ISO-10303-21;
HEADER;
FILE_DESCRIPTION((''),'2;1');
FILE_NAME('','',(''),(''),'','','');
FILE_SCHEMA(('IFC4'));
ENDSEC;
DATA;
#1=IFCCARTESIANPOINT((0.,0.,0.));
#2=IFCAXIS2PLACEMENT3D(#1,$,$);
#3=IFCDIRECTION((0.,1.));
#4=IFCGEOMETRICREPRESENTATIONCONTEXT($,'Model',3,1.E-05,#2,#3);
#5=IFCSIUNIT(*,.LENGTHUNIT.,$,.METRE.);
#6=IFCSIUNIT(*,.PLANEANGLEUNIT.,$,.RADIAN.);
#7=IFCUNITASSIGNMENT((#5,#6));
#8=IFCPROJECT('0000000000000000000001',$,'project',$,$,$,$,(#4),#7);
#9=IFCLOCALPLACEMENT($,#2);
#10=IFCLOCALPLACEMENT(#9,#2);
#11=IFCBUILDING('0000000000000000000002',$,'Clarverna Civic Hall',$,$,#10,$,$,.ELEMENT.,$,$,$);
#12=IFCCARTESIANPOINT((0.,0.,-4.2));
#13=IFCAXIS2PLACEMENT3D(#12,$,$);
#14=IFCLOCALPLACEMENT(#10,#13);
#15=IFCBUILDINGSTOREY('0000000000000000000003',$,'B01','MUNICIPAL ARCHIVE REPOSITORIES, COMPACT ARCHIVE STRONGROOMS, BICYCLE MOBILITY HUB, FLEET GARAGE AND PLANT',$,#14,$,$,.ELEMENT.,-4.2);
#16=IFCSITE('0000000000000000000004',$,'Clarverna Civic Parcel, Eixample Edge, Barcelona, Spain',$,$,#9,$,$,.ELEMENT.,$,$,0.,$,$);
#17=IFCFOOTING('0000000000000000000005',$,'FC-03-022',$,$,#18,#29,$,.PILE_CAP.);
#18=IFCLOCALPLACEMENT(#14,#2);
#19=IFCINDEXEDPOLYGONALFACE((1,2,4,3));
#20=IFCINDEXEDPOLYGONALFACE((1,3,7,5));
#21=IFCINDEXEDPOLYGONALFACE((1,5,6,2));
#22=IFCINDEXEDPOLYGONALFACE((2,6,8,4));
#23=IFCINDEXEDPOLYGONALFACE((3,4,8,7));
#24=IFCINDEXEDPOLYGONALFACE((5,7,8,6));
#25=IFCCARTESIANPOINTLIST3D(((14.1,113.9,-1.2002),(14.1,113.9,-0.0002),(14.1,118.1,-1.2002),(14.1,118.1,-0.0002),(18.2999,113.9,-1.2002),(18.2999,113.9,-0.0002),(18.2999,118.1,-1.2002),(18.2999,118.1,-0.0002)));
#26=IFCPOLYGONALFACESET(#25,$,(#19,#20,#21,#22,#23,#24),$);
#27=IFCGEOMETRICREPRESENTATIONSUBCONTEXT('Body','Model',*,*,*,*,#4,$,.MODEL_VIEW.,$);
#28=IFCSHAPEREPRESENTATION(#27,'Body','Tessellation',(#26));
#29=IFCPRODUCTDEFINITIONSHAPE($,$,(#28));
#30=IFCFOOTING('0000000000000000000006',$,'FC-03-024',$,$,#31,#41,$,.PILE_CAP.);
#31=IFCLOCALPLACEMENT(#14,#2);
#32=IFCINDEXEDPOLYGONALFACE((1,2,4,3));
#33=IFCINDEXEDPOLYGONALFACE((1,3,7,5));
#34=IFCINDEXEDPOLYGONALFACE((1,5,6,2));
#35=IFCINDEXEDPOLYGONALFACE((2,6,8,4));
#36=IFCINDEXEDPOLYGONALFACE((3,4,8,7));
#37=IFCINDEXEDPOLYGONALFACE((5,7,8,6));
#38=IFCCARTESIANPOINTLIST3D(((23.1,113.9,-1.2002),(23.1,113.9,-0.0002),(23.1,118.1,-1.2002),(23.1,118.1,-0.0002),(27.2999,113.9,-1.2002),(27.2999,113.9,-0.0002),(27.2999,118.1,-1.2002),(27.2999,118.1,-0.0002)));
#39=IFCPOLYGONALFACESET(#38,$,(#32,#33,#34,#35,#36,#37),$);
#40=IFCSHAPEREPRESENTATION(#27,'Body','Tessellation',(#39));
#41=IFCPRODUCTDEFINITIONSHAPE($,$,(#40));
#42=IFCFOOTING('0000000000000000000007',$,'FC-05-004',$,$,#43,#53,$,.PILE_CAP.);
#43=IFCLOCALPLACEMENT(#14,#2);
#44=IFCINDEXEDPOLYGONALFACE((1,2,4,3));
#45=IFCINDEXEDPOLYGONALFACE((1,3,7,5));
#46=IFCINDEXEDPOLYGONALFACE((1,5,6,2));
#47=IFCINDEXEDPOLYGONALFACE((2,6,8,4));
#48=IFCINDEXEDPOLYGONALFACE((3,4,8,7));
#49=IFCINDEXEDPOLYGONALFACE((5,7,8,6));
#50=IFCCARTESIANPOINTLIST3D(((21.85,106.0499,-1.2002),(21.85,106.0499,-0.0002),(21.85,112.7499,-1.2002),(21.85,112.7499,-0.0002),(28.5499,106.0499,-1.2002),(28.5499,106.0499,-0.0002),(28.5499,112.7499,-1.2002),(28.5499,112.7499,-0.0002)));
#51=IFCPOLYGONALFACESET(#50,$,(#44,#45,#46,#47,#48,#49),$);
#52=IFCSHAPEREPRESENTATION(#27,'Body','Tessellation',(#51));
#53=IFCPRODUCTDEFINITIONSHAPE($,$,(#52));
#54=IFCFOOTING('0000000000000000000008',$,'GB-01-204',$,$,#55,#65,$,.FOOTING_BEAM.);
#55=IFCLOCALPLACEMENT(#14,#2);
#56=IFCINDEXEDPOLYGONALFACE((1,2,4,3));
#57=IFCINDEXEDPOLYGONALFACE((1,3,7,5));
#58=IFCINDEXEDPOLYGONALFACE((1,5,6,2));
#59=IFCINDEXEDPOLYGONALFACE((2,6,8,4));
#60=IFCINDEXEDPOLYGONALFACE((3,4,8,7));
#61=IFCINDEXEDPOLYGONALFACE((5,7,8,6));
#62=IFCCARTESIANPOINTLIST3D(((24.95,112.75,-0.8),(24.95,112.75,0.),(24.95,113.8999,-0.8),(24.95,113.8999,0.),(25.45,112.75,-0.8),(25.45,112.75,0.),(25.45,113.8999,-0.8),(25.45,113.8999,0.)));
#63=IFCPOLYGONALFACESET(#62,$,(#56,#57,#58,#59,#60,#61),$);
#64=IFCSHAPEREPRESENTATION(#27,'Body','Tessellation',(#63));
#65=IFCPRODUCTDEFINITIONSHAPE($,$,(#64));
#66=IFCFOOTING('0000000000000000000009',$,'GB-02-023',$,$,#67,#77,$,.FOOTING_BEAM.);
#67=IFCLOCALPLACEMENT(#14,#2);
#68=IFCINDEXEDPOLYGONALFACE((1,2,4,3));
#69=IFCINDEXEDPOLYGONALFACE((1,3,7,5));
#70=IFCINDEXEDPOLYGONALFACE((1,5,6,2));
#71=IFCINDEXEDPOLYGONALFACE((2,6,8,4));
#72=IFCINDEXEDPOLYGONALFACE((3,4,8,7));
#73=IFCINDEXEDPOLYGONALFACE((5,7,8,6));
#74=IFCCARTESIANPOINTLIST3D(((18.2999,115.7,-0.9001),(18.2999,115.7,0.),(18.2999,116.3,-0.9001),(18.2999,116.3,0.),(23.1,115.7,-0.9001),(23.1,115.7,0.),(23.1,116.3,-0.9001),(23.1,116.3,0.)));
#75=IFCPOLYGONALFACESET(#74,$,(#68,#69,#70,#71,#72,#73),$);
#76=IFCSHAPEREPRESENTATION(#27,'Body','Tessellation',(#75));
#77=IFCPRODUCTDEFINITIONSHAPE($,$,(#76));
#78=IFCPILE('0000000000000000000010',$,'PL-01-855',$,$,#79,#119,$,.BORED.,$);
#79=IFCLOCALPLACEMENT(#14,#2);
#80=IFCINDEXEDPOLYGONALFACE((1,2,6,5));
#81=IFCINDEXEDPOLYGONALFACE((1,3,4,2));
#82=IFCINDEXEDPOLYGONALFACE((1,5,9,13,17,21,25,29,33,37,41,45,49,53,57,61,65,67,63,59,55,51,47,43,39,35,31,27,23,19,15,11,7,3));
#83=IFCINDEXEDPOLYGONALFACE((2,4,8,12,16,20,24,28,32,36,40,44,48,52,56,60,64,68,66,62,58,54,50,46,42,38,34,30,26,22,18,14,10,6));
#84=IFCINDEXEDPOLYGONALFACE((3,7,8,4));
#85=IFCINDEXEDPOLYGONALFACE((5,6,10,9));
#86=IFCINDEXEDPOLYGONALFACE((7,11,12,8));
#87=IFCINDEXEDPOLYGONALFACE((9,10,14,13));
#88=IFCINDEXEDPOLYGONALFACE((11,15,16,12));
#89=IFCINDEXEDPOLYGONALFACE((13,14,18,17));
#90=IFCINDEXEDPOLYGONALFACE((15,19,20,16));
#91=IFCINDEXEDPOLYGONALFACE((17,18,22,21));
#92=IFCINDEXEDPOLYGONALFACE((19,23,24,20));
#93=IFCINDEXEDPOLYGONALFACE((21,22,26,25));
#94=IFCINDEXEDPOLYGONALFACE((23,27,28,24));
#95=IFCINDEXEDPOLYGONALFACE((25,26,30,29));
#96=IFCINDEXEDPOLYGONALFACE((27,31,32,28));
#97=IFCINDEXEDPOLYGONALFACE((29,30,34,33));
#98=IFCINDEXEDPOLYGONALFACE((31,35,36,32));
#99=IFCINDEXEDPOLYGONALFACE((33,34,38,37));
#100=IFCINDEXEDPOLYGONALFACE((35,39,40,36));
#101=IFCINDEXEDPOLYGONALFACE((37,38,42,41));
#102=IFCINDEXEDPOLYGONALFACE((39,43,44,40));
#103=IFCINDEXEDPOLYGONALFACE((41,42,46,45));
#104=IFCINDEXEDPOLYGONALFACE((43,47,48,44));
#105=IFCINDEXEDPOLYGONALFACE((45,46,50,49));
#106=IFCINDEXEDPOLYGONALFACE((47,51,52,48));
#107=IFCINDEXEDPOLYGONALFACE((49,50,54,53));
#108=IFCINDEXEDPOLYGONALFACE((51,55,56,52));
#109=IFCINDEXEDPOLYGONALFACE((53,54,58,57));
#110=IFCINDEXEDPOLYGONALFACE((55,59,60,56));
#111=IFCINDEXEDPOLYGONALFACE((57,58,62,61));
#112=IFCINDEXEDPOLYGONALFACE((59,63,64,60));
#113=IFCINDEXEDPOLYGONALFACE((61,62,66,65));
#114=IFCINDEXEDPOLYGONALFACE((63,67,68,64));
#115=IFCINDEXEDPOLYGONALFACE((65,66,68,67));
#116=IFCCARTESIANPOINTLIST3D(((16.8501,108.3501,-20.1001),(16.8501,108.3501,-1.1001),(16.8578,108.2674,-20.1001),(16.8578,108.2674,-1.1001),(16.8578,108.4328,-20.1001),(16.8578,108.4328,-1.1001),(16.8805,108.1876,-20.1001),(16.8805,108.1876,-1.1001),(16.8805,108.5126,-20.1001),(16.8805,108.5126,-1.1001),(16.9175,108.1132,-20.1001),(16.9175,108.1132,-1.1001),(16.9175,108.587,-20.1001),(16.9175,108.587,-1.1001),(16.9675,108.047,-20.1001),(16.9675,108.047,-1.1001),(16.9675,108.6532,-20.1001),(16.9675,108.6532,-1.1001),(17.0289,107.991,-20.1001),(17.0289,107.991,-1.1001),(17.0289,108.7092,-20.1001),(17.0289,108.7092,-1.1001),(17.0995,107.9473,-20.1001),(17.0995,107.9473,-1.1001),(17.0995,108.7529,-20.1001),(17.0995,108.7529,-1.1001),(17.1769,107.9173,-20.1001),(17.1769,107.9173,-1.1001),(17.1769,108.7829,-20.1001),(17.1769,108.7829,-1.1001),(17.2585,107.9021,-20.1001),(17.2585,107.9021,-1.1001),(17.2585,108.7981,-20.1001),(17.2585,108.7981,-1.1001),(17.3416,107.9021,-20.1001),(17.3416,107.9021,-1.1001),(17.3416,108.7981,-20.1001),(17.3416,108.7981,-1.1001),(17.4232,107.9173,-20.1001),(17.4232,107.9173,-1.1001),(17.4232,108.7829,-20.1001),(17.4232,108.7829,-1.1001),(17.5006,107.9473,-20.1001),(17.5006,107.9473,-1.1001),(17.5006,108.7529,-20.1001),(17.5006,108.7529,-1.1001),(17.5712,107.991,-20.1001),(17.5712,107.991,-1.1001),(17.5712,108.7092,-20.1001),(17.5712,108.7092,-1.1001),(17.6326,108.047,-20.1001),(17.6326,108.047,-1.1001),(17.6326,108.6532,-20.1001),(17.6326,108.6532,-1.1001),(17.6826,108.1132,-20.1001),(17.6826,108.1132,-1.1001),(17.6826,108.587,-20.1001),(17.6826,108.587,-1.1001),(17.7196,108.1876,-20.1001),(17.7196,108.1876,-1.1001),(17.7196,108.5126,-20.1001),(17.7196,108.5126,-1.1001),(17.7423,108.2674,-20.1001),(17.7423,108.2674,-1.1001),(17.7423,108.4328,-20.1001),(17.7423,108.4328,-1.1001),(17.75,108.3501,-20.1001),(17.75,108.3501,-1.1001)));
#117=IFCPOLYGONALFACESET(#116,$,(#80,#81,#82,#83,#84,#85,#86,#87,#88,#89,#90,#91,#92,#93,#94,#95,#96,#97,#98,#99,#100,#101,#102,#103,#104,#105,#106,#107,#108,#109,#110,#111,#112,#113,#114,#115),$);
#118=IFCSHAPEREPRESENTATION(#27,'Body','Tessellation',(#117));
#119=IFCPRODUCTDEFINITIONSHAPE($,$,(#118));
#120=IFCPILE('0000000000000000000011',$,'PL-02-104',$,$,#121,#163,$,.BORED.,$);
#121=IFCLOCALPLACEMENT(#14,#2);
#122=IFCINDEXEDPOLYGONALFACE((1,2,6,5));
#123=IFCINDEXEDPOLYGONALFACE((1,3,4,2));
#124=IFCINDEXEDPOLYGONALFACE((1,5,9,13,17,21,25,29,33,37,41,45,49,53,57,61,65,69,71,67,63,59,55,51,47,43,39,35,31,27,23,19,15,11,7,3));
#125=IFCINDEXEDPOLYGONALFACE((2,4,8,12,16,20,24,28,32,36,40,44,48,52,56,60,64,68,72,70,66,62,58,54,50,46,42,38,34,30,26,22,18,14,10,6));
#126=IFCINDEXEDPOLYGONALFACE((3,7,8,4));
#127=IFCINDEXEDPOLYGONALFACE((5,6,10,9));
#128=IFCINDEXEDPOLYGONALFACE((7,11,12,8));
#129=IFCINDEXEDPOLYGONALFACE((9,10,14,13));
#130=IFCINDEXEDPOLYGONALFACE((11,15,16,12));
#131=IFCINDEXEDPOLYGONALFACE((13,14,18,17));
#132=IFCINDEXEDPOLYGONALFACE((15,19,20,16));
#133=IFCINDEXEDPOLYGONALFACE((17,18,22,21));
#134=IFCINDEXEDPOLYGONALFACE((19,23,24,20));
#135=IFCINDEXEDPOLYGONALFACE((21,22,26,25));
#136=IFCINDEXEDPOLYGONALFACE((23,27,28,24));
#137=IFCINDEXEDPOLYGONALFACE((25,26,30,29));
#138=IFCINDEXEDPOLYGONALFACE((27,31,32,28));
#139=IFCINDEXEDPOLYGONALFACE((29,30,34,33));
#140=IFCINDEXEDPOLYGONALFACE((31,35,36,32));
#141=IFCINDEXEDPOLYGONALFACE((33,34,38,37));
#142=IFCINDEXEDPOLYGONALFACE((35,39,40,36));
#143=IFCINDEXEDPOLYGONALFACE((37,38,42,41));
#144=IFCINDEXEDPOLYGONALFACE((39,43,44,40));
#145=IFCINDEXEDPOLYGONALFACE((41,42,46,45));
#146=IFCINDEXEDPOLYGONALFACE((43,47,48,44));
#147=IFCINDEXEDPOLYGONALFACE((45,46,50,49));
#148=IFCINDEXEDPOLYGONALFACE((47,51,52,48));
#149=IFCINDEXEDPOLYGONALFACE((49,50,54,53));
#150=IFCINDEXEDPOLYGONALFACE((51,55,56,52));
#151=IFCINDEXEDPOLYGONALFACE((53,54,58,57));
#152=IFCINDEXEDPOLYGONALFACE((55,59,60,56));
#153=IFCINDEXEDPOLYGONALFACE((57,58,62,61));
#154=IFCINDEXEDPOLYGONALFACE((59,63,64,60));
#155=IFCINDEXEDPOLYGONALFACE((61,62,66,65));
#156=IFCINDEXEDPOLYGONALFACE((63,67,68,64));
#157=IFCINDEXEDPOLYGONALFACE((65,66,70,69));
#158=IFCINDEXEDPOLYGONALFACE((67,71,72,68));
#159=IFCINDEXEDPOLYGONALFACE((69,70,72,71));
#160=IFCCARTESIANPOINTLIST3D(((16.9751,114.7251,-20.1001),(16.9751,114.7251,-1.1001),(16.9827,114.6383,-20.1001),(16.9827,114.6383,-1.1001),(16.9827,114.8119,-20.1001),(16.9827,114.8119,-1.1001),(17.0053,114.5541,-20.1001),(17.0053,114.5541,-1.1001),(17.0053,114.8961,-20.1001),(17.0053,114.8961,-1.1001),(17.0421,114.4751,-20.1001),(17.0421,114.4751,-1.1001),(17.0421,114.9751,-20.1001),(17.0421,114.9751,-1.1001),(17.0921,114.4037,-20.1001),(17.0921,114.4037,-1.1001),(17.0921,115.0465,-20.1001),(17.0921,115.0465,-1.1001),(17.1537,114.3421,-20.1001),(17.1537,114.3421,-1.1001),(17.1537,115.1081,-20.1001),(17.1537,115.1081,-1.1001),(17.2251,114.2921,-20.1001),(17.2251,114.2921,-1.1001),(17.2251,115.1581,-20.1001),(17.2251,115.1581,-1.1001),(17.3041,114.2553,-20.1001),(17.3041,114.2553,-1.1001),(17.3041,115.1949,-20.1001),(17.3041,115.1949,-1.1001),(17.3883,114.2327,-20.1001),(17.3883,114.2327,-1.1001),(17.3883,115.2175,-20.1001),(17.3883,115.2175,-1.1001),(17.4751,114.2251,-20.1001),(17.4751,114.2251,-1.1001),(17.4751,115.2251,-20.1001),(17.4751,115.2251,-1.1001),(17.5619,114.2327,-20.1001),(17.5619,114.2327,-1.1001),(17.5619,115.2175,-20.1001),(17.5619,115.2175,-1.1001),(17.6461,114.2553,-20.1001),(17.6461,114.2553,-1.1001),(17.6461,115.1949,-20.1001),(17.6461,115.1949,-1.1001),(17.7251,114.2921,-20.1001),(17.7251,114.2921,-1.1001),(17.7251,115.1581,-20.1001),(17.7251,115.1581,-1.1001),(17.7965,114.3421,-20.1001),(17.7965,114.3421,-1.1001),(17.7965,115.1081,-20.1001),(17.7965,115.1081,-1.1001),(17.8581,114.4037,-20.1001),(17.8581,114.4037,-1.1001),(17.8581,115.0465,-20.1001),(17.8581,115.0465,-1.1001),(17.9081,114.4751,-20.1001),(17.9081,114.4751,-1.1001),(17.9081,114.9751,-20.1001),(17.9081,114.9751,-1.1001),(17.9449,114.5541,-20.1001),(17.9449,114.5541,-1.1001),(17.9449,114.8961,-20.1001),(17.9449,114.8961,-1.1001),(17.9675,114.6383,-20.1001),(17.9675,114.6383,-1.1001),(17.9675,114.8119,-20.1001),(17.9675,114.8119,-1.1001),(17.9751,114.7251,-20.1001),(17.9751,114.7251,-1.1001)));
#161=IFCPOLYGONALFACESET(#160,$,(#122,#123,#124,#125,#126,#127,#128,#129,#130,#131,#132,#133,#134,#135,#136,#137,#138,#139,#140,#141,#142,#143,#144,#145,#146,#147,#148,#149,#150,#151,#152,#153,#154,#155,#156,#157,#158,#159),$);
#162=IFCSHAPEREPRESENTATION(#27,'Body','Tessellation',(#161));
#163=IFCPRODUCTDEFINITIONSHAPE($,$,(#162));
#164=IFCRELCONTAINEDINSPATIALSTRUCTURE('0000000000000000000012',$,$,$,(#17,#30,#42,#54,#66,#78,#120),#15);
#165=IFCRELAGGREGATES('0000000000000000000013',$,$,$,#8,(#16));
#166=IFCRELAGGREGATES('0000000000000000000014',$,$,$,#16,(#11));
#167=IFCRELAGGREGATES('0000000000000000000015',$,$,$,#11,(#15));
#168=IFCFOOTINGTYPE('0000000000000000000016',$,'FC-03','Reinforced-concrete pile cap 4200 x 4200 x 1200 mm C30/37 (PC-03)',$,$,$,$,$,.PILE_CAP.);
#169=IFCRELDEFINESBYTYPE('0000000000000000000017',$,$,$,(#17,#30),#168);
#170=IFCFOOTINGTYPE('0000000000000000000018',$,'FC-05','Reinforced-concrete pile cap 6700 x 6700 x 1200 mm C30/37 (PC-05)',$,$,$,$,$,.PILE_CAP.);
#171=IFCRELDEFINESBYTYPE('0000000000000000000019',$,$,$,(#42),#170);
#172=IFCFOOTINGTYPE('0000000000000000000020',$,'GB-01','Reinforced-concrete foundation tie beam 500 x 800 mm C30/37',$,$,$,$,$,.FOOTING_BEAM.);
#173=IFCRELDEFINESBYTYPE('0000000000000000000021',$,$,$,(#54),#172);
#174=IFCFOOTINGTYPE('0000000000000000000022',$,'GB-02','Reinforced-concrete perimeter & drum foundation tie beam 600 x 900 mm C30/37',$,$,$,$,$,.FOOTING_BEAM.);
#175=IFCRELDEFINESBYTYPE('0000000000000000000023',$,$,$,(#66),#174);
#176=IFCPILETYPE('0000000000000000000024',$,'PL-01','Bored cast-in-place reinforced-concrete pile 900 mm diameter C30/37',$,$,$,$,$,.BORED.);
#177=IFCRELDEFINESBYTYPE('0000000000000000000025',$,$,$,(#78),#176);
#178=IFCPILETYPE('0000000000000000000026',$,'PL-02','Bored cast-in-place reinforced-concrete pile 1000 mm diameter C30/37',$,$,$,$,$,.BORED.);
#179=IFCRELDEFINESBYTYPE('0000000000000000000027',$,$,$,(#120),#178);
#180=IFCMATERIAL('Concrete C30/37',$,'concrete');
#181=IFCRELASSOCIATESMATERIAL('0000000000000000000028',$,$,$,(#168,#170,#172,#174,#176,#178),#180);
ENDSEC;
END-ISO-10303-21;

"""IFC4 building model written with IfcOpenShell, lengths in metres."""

from ifc_helpers import new_model, si_unit, direction, frame, frame_2d, origin, origin_2d, place, context, subcontext, project, spatial, rectangle, circle, extrude, material, material_profile, profile_set, type_object, element, save


model = new_model("IFC4")

# Units and contexts
model_context = context("Model", 3, precision=1e-05, world=origin(), true_north=direction((0.0, 1.0)))
body_context = subcontext(model_context, "Body", "Model", "MODEL_VIEW")
ifc_project = project(units=[si_unit("LENGTHUNIT", "METRE"), si_unit("PLANEANGLEUNIT", "RADIAN")], contexts=[model_context])

# Site, building, storey
site_placement = place(None, origin())
site = spatial("IfcSite", under=ifc_project, at=site_placement, Name="Clarverna Civic Parcel, Eixample Edge, Barcelona, Spain", CompositionType="ELEMENT", RefElevation=0.0)
building_placement = place(site_placement, origin())
building = spatial("IfcBuilding", under=site, at=building_placement, Name="Clarverna Civic Hall", CompositionType="ELEMENT")
storey_placement = place(building_placement, frame((0.0, 0.0, -4.2)))
storey = spatial("IfcBuildingStorey", under=building, at=storey_placement, Name="B01", Description="MUNICIPAL ARCHIVE REPOSITORIES, COMPACT ARCHIVE STRONGROOMS, BICYCLE MOBILITY HUB, FLEET GARAGE AND PLANT", CompositionType="ELEMENT", Elevation=-4.2)

# Footings
ifc_material_1 = material(Name="Concrete C30/37", Category="concrete")
footing_type_1 = type_object("IfcFootingType", Name="FC-03", Description="Reinforced-concrete pile cap 4200 x 4200 x 1200 mm C30/37 (PC-03)", PredefinedType="PILE_CAP", material=ifc_material_1)
for number, where, z_axis, x_axis, name in (
    (1, (16.2, 116.0, -1.2002), (0.0, 0.0, 1.0), (1.0, 0.0, 0.0), "FC-03-022"),
    (2, (25.2, 116.0, -1.2002), (0.0, 0.0, 1.0), (1.0, 0.0, 0.0), "FC-03-024"),
):
    element("IfcFooting", number, at=place(storey_placement, frame(where, z_axis=z_axis, x_axis=x_axis)), inside=storey, type_object=footing_type_1, Name=name, PredefinedType="PILE_CAP", context=body_context, shape_type="SweptSolid", body=[
        extrude(rectangle(XDim=4.2, YDim=4.2, at=origin_2d()), origin(), (0.0, 0.0, 1.0), 1.2),
    ])
footing_type_2 = type_object("IfcFootingType", Name="FC-05", Description="Reinforced-concrete pile cap 6700 x 6700 x 1200 mm C30/37 (PC-05)", PredefinedType="PILE_CAP", material=ifc_material_1)
footing_1_placement = place(storey_placement, frame((25.2, 109.3999, -1.2002), z_axis=(0.0, 0.0, 1.0), x_axis=(1.0, 0.0, 0.0)))
element("IfcFooting", 3, at=footing_1_placement, inside=storey, type_object=footing_type_2, Name="FC-05-004", PredefinedType="PILE_CAP", context=body_context, shape_type="SweptSolid", body=[
    extrude(rectangle(XDim=6.7, YDim=6.7, at=origin_2d()), origin(), (0.0, 0.0, 1.0), 1.2),
])
footing_type_3 = type_object("IfcFootingType", Name="GB-01", Description="Reinforced-concrete foundation tie beam 500 x 800 mm C30/37", PredefinedType="FOOTING_BEAM", material=ifc_material_1)
footing_2_placement = place(storey_placement, frame((25.2, 112.75, -0.8), z_axis=(0.0, 0.0, 1.0), x_axis=(0.0, 1.0, 0.0)))
element("IfcFooting", 4, at=footing_2_placement, inside=storey, type_object=footing_type_3, Name="GB-01-204", PredefinedType="FOOTING_BEAM", context=body_context, shape_type="SweptSolid", body=[
    extrude(rectangle(XDim=1.1499, YDim=0.5, at=frame_2d((0.575, 0.0))), origin(), (0.0, 0.0, 1.0), 0.8),
])
footing_type_4 = type_object("IfcFootingType", Name="GB-02", Description="Reinforced-concrete perimeter & drum foundation tie beam 600 x 900 mm C30/37", PredefinedType="FOOTING_BEAM", material=ifc_material_1)
footing_3_placement = place(storey_placement, frame((18.3, 116.0, -0.9001), z_axis=(0.0, 0.0, 1.0), x_axis=(1.0, 0.0, 0.0)))
element("IfcFooting", 5, at=footing_3_placement, inside=storey, type_object=footing_type_4, Name="GB-02-023", PredefinedType="FOOTING_BEAM", context=body_context, shape_type="SweptSolid", body=[
    extrude(rectangle(XDim=4.8, YDim=0.6001, at=frame_2d((2.3999, 0.0))), origin(), (0.0, 0.0, 1.0), 0.9001),
])

# Piles
ifc_material_profile_1 = material_profile(ifc_material_1, circle(Radius=0.45, at=origin_2d()), Name="BORED PILE D900")
ifc_profile_set_1 = profile_set([ifc_material_profile_1], Name="Concrete C30/37")
pile_type_1 = type_object("IfcPileType", Name="PL-01", Description="Bored cast-in-place reinforced-concrete pile 900 mm diameter C30/37", PredefinedType="BORED", material=ifc_profile_set_1)
pile_placement = place(storey_placement, frame((17.3, 108.3501, -1.1001), z_axis=(0.0, 0.0, -1.0), x_axis=(1.0, 0.0, 0.0)))
element("IfcPile", 6, at=pile_placement, inside=storey, type_object=pile_type_1, Name="PL-01-855", PredefinedType="BORED", context=body_context, shape_type="SweptSolid", body=[
    extrude(circle(Radius=0.45, at=origin_2d()), origin(), (0.0, 0.0, 1.0), 19.0),
])
ifc_material_profile_2 = material_profile(ifc_material_1, circle(Radius=0.5, at=origin_2d()), Name="BORED PILE D1000")
ifc_profile_set_2 = profile_set([ifc_material_profile_2], Name="Concrete C30/37")
pile_type_2 = type_object("IfcPileType", Name="PL-02", Description="Bored cast-in-place reinforced-concrete pile 1000 mm diameter C30/37", PredefinedType="BORED", material=ifc_profile_set_2)
for number, where, z_axis, x_axis, name in (
    (7, (17.4751, 114.7251, -1.1001), (0.0, 0.0, -1.0), (1.0, 0.0, 0.0), "PL-02-104"),
):
    element("IfcPile", number, at=place(storey_placement, frame(where, z_axis=z_axis, x_axis=x_axis)), inside=storey, type_object=pile_type_2, Name=name, PredefinedType="BORED", context=body_context, shape_type="SweptSolid", body=[
        extrude(circle(Radius=0.5, at=origin_2d()), origin(), (0.0, 0.0, 1.0), 19.0),
    ])

save(model, "model.ifc")
